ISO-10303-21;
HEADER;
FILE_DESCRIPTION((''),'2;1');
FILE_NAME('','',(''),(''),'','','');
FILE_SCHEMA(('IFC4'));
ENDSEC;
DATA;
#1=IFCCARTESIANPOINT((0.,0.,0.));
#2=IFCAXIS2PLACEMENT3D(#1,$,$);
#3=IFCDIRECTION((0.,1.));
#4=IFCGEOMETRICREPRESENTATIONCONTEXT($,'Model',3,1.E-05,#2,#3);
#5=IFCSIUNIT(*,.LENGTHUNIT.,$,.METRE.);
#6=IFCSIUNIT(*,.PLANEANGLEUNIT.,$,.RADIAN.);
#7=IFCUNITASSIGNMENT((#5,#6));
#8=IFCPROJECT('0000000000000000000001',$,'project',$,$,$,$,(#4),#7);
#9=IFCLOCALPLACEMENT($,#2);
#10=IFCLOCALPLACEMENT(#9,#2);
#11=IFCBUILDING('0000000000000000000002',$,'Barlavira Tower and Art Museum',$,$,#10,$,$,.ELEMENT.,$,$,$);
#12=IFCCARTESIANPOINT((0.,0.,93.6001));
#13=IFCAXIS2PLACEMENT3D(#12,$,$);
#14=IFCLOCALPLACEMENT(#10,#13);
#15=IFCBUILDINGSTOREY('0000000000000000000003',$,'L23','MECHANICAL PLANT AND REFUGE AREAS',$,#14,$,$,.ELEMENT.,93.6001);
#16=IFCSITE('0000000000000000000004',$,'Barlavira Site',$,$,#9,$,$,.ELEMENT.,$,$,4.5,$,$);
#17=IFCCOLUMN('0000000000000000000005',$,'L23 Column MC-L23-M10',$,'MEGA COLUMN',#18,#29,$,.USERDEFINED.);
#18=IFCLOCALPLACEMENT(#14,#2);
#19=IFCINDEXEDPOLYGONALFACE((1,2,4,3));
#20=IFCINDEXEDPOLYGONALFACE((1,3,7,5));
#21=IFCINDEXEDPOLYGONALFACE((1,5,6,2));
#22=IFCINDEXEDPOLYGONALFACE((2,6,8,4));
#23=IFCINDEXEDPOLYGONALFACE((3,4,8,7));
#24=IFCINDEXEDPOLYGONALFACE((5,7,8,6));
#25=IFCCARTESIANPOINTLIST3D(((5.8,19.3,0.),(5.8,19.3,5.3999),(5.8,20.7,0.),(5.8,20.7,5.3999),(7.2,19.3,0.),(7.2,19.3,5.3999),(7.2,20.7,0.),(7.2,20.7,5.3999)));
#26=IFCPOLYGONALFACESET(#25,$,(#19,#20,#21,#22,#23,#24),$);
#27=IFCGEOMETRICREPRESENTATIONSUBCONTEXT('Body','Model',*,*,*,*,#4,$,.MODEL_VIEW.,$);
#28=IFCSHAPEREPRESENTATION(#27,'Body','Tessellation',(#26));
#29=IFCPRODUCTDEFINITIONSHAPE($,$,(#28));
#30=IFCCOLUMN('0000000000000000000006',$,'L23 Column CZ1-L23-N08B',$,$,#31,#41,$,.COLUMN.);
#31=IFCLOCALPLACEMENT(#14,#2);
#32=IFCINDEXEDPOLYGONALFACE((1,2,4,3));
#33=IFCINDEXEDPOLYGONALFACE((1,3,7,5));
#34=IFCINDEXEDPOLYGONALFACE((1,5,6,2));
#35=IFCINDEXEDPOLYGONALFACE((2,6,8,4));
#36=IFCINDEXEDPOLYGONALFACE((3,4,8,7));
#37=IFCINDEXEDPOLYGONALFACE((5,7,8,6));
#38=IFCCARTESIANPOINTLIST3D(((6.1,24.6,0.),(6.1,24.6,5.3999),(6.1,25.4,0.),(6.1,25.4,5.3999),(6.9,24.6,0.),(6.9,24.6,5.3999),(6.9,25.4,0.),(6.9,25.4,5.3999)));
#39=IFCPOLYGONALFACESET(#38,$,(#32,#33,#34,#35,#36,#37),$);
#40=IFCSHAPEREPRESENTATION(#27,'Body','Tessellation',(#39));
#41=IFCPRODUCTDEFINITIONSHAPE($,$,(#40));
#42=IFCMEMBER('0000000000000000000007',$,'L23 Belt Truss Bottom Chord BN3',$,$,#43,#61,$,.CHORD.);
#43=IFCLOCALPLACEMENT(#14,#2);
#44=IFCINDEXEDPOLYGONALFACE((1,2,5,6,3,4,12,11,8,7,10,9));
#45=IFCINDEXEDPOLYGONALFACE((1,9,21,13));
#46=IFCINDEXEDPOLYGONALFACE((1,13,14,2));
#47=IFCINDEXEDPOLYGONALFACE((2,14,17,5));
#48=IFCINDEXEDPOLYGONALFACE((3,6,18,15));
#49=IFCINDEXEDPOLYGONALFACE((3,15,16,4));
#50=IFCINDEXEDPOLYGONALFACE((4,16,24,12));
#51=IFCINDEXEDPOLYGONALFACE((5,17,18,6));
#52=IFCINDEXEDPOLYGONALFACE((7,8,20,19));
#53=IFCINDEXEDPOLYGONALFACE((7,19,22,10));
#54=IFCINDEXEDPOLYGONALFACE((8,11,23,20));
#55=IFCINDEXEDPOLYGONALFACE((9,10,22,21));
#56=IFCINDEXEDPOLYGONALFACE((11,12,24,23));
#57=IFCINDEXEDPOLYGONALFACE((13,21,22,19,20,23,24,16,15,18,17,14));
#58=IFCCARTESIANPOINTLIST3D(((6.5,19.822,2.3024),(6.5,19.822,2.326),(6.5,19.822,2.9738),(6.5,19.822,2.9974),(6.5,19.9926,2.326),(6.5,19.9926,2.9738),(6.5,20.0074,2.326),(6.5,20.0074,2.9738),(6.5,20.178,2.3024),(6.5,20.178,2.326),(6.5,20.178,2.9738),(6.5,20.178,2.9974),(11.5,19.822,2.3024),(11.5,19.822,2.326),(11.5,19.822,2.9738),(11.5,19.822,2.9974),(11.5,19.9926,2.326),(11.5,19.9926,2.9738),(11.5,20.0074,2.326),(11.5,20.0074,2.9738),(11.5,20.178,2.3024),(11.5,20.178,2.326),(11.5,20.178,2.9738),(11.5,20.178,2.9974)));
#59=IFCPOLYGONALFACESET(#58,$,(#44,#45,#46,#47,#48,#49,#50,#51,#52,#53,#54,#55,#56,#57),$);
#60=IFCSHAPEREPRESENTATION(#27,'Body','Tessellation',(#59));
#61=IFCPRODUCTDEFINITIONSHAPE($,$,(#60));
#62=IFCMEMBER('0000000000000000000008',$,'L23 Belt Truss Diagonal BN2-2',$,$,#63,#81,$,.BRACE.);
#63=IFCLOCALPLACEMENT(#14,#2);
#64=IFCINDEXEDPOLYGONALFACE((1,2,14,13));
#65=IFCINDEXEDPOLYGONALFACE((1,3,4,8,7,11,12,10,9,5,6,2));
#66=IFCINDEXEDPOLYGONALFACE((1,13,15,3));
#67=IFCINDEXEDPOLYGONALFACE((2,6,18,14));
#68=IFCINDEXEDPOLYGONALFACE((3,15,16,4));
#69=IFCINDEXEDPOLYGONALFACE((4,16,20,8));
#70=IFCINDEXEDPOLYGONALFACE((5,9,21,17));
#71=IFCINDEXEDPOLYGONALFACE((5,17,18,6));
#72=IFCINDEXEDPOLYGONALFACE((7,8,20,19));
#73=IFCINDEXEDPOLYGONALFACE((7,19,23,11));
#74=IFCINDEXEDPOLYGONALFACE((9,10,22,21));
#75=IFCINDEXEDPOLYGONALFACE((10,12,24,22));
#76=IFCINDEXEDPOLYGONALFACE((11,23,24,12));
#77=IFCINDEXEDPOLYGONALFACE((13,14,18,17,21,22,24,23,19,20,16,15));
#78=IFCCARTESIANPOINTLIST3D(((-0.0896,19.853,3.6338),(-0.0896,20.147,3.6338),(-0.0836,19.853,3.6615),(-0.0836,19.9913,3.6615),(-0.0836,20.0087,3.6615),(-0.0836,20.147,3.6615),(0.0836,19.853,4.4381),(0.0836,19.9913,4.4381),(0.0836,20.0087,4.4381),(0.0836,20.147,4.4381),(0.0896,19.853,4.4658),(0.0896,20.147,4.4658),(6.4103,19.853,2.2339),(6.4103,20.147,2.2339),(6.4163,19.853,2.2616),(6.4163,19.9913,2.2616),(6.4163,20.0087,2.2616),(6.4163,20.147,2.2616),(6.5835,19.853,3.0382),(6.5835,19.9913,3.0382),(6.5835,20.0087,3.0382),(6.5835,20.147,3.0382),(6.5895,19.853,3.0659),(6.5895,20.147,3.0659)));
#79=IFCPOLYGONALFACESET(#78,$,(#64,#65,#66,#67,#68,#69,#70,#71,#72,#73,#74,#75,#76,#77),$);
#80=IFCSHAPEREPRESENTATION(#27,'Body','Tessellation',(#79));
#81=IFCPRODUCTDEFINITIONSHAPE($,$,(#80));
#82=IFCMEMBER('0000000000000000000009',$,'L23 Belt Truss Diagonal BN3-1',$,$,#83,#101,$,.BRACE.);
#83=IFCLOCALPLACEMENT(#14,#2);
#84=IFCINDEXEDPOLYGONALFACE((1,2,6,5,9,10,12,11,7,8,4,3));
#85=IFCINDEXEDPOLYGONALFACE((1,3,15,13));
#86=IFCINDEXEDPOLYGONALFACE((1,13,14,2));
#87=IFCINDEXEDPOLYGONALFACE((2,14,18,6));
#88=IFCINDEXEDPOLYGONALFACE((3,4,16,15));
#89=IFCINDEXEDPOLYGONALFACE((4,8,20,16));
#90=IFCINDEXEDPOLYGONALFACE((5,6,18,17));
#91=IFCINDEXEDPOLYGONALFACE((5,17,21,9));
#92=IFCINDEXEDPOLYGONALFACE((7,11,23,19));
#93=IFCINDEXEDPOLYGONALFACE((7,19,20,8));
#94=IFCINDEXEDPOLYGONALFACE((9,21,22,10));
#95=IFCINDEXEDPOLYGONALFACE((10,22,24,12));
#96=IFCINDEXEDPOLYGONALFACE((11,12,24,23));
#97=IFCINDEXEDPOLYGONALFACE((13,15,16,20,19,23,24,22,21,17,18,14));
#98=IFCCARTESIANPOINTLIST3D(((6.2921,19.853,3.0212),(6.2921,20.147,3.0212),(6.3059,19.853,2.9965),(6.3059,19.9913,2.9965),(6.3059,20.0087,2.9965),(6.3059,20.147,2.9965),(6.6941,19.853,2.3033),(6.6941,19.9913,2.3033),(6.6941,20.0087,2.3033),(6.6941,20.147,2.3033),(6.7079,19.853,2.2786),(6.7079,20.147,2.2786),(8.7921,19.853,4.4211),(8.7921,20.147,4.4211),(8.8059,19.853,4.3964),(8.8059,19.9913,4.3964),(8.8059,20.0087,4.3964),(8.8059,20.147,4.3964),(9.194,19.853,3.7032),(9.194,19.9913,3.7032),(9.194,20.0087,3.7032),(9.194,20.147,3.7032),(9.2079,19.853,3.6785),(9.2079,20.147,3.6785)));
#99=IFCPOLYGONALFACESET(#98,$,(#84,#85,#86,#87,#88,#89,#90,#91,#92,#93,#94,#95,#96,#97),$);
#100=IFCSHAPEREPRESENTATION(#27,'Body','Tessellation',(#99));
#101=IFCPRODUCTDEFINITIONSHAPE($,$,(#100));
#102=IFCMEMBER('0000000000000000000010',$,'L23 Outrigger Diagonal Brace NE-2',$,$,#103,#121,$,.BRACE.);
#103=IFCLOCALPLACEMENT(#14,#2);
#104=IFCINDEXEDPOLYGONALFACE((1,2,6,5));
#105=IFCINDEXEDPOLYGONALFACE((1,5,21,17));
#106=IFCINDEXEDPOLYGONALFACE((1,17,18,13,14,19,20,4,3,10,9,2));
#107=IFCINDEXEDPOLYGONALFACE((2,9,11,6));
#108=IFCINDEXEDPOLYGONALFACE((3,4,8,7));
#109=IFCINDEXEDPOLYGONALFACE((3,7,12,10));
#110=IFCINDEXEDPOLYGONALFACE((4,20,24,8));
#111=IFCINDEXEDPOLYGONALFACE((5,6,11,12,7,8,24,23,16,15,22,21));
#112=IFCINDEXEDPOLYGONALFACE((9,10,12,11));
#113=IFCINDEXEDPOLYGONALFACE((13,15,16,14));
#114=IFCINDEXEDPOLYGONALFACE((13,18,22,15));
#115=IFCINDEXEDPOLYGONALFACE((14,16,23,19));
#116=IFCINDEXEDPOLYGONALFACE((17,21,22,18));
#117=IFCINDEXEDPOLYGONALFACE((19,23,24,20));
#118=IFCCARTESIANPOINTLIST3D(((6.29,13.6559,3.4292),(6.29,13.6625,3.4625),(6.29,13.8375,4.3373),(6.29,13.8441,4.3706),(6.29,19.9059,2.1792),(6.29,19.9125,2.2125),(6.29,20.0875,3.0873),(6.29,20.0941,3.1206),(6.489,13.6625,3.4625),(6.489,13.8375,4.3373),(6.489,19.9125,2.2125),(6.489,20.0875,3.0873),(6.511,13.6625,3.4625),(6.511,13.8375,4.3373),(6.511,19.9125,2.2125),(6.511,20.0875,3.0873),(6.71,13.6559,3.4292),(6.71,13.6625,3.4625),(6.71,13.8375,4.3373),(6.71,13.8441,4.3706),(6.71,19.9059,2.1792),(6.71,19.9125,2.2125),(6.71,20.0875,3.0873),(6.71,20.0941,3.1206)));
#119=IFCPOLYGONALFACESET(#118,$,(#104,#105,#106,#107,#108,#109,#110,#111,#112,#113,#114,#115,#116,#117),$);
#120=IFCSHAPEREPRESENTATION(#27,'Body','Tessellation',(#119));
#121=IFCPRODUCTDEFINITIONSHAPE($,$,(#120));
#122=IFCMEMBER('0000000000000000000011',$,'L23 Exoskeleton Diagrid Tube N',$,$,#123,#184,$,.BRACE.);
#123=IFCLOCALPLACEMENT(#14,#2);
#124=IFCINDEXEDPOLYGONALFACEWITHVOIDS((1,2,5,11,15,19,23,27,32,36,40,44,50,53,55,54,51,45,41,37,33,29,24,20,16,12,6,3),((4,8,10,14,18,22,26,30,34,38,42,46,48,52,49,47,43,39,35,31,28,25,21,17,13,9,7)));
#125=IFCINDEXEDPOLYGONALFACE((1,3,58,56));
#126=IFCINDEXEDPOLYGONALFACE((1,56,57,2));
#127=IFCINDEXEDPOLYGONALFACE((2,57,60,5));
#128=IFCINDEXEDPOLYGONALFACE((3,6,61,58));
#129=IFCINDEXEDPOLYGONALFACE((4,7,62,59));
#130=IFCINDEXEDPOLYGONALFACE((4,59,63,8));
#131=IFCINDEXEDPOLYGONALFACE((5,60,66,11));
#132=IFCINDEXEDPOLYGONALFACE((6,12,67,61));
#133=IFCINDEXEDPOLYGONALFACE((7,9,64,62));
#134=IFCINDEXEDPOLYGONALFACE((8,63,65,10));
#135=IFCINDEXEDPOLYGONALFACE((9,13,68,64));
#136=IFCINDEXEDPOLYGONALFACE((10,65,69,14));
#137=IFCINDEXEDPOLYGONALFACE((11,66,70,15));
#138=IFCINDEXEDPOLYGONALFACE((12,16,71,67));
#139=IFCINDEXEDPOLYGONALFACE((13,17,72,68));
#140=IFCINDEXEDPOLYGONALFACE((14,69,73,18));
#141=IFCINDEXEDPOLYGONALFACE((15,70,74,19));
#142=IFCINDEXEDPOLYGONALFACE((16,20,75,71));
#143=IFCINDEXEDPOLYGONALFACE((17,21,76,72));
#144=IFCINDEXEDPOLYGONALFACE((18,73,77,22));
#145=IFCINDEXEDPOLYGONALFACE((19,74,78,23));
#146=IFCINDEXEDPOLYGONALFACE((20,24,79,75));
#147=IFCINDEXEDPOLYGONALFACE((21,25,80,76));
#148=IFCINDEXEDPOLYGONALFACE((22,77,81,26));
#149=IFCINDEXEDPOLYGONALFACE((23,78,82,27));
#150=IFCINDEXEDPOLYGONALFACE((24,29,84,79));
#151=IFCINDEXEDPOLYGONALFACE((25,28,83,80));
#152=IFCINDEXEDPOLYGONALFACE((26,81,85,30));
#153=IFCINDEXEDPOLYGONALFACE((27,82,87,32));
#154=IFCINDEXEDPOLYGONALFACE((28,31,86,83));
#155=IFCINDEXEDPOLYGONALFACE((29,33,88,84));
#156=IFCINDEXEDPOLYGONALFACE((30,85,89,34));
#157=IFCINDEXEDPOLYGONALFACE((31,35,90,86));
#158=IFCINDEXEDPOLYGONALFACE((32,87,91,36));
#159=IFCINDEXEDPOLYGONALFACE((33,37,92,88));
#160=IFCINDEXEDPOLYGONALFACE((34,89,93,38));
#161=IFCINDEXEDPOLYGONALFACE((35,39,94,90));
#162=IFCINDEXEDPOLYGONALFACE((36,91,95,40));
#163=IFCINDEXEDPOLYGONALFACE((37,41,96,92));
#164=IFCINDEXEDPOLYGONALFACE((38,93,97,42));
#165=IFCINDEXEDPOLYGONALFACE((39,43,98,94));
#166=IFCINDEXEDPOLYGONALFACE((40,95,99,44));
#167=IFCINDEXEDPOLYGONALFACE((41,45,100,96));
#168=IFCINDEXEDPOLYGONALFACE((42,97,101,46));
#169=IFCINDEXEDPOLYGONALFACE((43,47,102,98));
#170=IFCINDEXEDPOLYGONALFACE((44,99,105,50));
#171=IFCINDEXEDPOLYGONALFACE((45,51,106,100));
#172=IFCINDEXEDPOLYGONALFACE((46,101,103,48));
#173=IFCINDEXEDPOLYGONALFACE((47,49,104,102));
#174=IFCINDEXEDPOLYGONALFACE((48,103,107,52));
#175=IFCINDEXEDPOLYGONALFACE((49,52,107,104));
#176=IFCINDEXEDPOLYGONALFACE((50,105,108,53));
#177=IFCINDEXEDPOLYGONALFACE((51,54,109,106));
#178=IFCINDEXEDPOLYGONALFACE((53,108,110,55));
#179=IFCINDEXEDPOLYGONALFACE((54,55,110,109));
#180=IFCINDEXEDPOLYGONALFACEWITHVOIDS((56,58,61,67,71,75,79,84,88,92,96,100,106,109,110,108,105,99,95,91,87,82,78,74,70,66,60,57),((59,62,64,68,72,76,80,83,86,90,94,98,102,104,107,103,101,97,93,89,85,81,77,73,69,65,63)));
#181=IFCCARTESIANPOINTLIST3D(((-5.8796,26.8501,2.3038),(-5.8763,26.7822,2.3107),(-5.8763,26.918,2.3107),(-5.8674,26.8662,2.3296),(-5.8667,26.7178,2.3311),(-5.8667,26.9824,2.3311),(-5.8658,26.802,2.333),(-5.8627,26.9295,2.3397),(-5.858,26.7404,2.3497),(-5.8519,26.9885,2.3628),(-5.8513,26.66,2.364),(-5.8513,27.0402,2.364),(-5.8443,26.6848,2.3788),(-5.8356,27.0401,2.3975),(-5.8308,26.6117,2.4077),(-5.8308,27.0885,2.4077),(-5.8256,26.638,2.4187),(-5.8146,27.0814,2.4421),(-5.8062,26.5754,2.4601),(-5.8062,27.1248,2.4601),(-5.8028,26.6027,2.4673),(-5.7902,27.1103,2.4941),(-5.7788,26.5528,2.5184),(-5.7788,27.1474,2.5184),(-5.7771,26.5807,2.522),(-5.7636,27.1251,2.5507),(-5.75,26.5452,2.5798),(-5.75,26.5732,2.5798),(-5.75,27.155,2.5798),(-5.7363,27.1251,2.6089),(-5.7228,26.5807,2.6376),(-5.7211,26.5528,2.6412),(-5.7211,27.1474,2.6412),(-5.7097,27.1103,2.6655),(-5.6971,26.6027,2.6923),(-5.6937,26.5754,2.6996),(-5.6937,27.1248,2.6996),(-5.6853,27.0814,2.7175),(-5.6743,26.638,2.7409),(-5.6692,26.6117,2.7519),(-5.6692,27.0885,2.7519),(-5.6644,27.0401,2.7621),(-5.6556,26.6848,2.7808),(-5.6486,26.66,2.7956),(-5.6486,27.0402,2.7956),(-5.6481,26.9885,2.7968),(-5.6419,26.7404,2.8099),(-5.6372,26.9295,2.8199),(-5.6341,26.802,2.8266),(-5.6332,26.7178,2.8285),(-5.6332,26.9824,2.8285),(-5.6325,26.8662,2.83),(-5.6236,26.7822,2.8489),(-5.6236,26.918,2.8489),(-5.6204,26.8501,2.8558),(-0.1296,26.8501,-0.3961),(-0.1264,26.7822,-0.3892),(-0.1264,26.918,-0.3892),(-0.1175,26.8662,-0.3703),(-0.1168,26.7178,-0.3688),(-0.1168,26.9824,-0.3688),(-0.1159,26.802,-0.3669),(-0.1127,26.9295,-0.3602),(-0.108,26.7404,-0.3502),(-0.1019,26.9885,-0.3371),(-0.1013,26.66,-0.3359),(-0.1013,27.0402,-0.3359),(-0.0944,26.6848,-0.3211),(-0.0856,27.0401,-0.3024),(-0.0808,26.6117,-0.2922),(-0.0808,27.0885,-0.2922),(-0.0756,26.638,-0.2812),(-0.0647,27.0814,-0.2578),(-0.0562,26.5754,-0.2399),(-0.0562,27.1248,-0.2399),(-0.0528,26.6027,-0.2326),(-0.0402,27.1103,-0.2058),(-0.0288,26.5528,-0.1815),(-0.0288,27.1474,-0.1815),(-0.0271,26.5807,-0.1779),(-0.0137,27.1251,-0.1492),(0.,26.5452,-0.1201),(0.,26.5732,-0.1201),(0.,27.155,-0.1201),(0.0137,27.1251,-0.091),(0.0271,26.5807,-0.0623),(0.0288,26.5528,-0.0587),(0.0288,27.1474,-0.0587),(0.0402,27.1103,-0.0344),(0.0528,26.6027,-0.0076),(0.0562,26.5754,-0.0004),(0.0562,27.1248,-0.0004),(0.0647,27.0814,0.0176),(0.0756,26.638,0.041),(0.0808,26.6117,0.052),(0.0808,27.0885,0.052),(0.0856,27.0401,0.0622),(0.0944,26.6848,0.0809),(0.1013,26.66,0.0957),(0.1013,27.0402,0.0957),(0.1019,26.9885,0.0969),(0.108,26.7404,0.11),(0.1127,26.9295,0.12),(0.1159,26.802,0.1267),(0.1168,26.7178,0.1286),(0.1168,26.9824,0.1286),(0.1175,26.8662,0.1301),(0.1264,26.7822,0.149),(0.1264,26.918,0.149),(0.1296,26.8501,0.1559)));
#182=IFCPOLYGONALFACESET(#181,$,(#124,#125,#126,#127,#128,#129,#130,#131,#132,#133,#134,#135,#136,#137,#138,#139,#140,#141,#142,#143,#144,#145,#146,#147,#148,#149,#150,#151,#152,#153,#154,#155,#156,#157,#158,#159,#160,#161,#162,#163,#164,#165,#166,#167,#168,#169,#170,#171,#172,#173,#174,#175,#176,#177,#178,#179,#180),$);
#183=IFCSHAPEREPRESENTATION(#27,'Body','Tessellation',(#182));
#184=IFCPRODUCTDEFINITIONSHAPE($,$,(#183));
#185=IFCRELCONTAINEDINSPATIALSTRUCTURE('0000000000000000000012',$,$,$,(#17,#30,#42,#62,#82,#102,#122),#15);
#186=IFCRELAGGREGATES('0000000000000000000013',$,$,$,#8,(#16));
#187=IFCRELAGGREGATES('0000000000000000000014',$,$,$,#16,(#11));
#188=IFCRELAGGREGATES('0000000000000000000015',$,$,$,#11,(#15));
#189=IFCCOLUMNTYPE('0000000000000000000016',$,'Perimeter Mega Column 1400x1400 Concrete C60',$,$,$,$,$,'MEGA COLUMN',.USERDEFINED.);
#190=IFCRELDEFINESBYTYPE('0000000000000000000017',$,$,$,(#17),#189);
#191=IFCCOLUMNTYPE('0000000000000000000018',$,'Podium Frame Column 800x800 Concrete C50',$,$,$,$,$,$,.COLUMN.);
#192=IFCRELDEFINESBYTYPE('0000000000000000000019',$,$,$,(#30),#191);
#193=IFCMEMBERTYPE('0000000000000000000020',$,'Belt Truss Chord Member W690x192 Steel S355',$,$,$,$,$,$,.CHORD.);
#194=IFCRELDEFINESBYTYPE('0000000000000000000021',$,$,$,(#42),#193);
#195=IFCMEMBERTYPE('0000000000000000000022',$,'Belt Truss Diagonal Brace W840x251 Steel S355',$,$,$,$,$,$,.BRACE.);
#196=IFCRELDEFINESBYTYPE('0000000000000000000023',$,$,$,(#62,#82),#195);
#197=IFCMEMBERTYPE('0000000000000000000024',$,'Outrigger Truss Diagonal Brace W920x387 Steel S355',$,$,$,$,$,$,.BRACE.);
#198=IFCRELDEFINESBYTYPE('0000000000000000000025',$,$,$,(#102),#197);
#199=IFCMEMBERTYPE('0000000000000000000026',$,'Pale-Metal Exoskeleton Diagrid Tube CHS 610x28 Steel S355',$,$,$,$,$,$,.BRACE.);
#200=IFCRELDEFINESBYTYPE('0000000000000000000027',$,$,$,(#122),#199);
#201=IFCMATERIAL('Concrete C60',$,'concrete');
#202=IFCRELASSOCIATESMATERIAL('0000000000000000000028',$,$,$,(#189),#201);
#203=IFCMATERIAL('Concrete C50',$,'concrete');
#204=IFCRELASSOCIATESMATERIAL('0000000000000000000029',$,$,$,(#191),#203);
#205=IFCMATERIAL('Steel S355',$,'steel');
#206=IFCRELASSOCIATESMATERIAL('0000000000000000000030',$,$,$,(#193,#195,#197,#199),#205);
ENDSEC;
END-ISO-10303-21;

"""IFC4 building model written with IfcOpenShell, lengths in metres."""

from ifc_helpers import new_model, si_unit, direction, frame, origin, origin_2d, place, context, subcontext, project, spatial, rectangle, hollow_circle, i_section, extrude, material, material_profile, profile_set, type_object, element, save


model = new_model("IFC4")

# Units and contexts
model_context = context("Model", 3, precision=1e-05, world=origin(), true_north=direction((0.0, 1.0)))
body_context = subcontext(model_context, "Body", "Model", "MODEL_VIEW")
ifc_project = project(units=[si_unit("LENGTHUNIT", "METRE"), si_unit("PLANEANGLEUNIT", "RADIAN")], contexts=[model_context])

# Site, building, storey
site_placement = place(None, origin())
site = spatial("IfcSite", under=ifc_project, at=site_placement, Name="Barlavira Site", CompositionType="ELEMENT", RefElevation=4.5)
building_placement = place(site_placement, origin())
building = spatial("IfcBuilding", under=site, at=building_placement, Name="Barlavira Tower and Art Museum", CompositionType="ELEMENT")
storey_placement = place(building_placement, frame((0.0, 0.0, 93.6001)))
storey = spatial("IfcBuildingStorey", under=building, at=storey_placement, Name="L23", Description="MECHANICAL PLANT AND REFUGE AREAS", CompositionType="ELEMENT", Elevation=93.6001)

# Columns
ifc_material_1 = material(Name="Concrete C60", Category="concrete")
ifc_material_profile_1 = material_profile(ifc_material_1, rectangle(XDim=1.3999, YDim=1.3999, at=origin_2d()), Name="RC-MCOL 1400x1400")
ifc_profile_set_1 = profile_set([ifc_material_profile_1], Name="Concrete C60")
column_type_1 = type_object("IfcColumnType", Name="Perimeter Mega Column 1400x1400 Concrete C60", ElementType="MEGA COLUMN", PredefinedType="USERDEFINED", material=ifc_profile_set_1)
column_1_placement = place(storey_placement, frame((6.5, 20.0, 0.0), z_axis=(0.0, 0.0, 1.0), x_axis=(1.0, 0.0, 0.0)))
element("IfcColumn", 1, at=column_1_placement, inside=storey, type_object=column_type_1, Name="L23 Column MC-L23-M10", ObjectType="MEGA COLUMN", PredefinedType="USERDEFINED", context=body_context, shape_type="SweptSolid", body=[
    extrude(rectangle(XDim=1.3999, YDim=1.3999, at=origin_2d()), origin(), (0.0, 0.0, 1.0), 5.3999),
])
ifc_material_2 = material(Name="Concrete C50", Category="concrete")
ifc_material_profile_2 = material_profile(ifc_material_2, rectangle(XDim=0.8, YDim=0.8, at=origin_2d()), Name="RC-COL 800x800")
ifc_profile_set_2 = profile_set([ifc_material_profile_2], Name="Concrete C50")
column_type_2 = type_object("IfcColumnType", Name="Podium Frame Column 800x800 Concrete C50", PredefinedType="COLUMN", material=ifc_profile_set_2)
column_2_placement = place(storey_placement, frame((6.5, 25.0, 0.0), z_axis=(0.0, 0.0, 1.0), x_axis=(1.0, 0.0, 0.0)))
element("IfcColumn", 2, at=column_2_placement, inside=storey, type_object=column_type_2, Name="L23 Column CZ1-L23-N08B", PredefinedType="COLUMN", context=body_context, shape_type="SweptSolid", body=[
    extrude(rectangle(XDim=0.8, YDim=0.8, at=origin_2d()), origin(), (0.0, 0.0, 1.0), 5.3999),
])

# Members
ifc_material_3 = material(Name="Steel S355", Category="steel")
ifc_material_profile_3 = material_profile(ifc_material_3, i_section(OverallWidth=0.356, OverallDepth=0.6951, WebThickness=0.0149, FlangeThickness=0.0237, at=origin_2d()), Name="W690x192.0")
ifc_profile_set_3 = profile_set([ifc_material_profile_3], Name="Steel S355")
member_type_1 = type_object("IfcMemberType", Name="Belt Truss Chord Member W690x192 Steel S355", PredefinedType="CHORD", material=ifc_profile_set_3)
member_1_placement = place(storey_placement, frame((6.5, 20.0, 2.6499), z_axis=(1.0, 0.0, 0.0), x_axis=(0.0, 1.0, 0.0)))
element("IfcMember", 3, at=member_1_placement, inside=storey, type_object=member_type_1, Name="L23 Belt Truss Bottom Chord BN3", PredefinedType="CHORD", context=body_context, shape_type="SweptSolid", body=[
    extrude(i_section(OverallWidth=0.356, OverallDepth=0.6951, WebThickness=0.0149, FlangeThickness=0.0237, at=origin_2d()), origin(), (0.0, 0.0, 1.0), 5.0),
])
ifc_material_profile_4 = material_profile(ifc_material_3, i_section(OverallWidth=0.2939, OverallDepth=0.8511, WebThickness=0.0173, FlangeThickness=0.0283, at=origin_2d()), Name="W840x251.0")
ifc_profile_set_4 = profile_set([ifc_material_profile_4], Name="Steel S355")
member_type_2 = type_object("IfcMemberType", Name="Belt Truss Diagonal Brace W840x251 Steel S355", PredefinedType="BRACE", material=ifc_profile_set_4)
member_2_placement = place(storey_placement, frame((0.0, 20.0, 4.0498), z_axis=(0.977585, 0.0, -0.210542), x_axis=(0.0, 1.0, 0.0)))
element("IfcMember", 4, at=member_2_placement, inside=storey, type_object=member_type_2, Name="L23 Belt Truss Diagonal BN2-2", PredefinedType="BRACE", context=body_context, shape_type="SweptSolid", body=[
    extrude(i_section(OverallWidth=0.2939, OverallDepth=0.8511, WebThickness=0.0173, FlangeThickness=0.0283, at=origin_2d()), origin(), (0.0, 0.0, 1.0), 6.6489),
])
member_3_placement = place(storey_placement, frame((6.5, 20.0, 2.6499), z_axis=(0.872521, 0.0, 0.488577), x_axis=(0.0, 1.0, 0.0)))
element("IfcMember", 5, at=member_3_placement, inside=storey, type_object=member_type_2, Name="L23 Belt Truss Diagonal BN3-1", PredefinedType="BRACE", context=body_context, shape_type="SweptSolid", body=[
    extrude(i_section(OverallWidth=0.2939, OverallDepth=0.8511, WebThickness=0.0173, FlangeThickness=0.0283, at=origin_2d()), origin(), (0.0, 0.0, 1.0), 2.8652),
])
ifc_material_profile_5 = material_profile(ifc_material_3, i_section(OverallWidth=0.4199, OverallDepth=0.96, WebThickness=0.022, FlangeThickness=0.0339, at=origin_2d()), Name="W920x387.0")
ifc_profile_set_5 = profile_set([ifc_material_profile_5], Name="Steel S355")
member_type_3 = type_object("IfcMemberType", Name="Outrigger Truss Diagonal Brace W920x387 Steel S355", PredefinedType="BRACE", material=ifc_profile_set_5)
member_4_placement = place(storey_placement, frame((6.5, 13.75, 3.8999), z_axis=(0.0, 0.980581, -0.196116), x_axis=(-1.0, 0.0, 0.0)))
element("IfcMember", 6, at=member_4_placement, inside=storey, type_object=member_type_3, Name="L23 Outrigger Diagonal Brace NE-2", PredefinedType="BRACE", context=body_context, shape_type="SweptSolid", body=[
    extrude(i_section(OverallWidth=0.4199, OverallDepth=0.96, WebThickness=0.022, FlangeThickness=0.0339, at=origin_2d()), origin(), (0.0, 0.0, 1.0), 6.3738),
])
ifc_material_profile_6 = material_profile(ifc_material_3, hollow_circle(Radius=0.3049, WallThickness=0.0281, at=origin_2d()), Name="CHS 610.0x28.0")
ifc_profile_set_6 = profile_set([ifc_material_profile_6], Name="Steel S355")
member_type_4 = type_object("IfcMemberType", Name="Pale-Metal Exoskeleton Diagrid Tube CHS 610x28 Steel S355", PredefinedType="BRACE", material=ifc_profile_set_6)
for number, where, z_axis, x_axis, name in (
    (7, (0.0, 26.8501, -0.1201), (-0.905178, 0.0, 0.425032), (0.0, -1.0, 0.0), "L23 Exoskeleton Diagrid Tube N"),
):
    element("IfcMember", number, at=place(storey_placement, frame(where, z_axis=z_axis, x_axis=x_axis)), inside=storey, type_object=member_type_4, Name=name, PredefinedType="BRACE", context=body_context, shape_type="SweptSolid", body=[
        extrude(hollow_circle(Radius=0.3049, WallThickness=0.0281, at=origin_2d()), origin(), (0.0, 0.0, 1.0), 6.3523),
    ])

save(model, "model.ifc")
